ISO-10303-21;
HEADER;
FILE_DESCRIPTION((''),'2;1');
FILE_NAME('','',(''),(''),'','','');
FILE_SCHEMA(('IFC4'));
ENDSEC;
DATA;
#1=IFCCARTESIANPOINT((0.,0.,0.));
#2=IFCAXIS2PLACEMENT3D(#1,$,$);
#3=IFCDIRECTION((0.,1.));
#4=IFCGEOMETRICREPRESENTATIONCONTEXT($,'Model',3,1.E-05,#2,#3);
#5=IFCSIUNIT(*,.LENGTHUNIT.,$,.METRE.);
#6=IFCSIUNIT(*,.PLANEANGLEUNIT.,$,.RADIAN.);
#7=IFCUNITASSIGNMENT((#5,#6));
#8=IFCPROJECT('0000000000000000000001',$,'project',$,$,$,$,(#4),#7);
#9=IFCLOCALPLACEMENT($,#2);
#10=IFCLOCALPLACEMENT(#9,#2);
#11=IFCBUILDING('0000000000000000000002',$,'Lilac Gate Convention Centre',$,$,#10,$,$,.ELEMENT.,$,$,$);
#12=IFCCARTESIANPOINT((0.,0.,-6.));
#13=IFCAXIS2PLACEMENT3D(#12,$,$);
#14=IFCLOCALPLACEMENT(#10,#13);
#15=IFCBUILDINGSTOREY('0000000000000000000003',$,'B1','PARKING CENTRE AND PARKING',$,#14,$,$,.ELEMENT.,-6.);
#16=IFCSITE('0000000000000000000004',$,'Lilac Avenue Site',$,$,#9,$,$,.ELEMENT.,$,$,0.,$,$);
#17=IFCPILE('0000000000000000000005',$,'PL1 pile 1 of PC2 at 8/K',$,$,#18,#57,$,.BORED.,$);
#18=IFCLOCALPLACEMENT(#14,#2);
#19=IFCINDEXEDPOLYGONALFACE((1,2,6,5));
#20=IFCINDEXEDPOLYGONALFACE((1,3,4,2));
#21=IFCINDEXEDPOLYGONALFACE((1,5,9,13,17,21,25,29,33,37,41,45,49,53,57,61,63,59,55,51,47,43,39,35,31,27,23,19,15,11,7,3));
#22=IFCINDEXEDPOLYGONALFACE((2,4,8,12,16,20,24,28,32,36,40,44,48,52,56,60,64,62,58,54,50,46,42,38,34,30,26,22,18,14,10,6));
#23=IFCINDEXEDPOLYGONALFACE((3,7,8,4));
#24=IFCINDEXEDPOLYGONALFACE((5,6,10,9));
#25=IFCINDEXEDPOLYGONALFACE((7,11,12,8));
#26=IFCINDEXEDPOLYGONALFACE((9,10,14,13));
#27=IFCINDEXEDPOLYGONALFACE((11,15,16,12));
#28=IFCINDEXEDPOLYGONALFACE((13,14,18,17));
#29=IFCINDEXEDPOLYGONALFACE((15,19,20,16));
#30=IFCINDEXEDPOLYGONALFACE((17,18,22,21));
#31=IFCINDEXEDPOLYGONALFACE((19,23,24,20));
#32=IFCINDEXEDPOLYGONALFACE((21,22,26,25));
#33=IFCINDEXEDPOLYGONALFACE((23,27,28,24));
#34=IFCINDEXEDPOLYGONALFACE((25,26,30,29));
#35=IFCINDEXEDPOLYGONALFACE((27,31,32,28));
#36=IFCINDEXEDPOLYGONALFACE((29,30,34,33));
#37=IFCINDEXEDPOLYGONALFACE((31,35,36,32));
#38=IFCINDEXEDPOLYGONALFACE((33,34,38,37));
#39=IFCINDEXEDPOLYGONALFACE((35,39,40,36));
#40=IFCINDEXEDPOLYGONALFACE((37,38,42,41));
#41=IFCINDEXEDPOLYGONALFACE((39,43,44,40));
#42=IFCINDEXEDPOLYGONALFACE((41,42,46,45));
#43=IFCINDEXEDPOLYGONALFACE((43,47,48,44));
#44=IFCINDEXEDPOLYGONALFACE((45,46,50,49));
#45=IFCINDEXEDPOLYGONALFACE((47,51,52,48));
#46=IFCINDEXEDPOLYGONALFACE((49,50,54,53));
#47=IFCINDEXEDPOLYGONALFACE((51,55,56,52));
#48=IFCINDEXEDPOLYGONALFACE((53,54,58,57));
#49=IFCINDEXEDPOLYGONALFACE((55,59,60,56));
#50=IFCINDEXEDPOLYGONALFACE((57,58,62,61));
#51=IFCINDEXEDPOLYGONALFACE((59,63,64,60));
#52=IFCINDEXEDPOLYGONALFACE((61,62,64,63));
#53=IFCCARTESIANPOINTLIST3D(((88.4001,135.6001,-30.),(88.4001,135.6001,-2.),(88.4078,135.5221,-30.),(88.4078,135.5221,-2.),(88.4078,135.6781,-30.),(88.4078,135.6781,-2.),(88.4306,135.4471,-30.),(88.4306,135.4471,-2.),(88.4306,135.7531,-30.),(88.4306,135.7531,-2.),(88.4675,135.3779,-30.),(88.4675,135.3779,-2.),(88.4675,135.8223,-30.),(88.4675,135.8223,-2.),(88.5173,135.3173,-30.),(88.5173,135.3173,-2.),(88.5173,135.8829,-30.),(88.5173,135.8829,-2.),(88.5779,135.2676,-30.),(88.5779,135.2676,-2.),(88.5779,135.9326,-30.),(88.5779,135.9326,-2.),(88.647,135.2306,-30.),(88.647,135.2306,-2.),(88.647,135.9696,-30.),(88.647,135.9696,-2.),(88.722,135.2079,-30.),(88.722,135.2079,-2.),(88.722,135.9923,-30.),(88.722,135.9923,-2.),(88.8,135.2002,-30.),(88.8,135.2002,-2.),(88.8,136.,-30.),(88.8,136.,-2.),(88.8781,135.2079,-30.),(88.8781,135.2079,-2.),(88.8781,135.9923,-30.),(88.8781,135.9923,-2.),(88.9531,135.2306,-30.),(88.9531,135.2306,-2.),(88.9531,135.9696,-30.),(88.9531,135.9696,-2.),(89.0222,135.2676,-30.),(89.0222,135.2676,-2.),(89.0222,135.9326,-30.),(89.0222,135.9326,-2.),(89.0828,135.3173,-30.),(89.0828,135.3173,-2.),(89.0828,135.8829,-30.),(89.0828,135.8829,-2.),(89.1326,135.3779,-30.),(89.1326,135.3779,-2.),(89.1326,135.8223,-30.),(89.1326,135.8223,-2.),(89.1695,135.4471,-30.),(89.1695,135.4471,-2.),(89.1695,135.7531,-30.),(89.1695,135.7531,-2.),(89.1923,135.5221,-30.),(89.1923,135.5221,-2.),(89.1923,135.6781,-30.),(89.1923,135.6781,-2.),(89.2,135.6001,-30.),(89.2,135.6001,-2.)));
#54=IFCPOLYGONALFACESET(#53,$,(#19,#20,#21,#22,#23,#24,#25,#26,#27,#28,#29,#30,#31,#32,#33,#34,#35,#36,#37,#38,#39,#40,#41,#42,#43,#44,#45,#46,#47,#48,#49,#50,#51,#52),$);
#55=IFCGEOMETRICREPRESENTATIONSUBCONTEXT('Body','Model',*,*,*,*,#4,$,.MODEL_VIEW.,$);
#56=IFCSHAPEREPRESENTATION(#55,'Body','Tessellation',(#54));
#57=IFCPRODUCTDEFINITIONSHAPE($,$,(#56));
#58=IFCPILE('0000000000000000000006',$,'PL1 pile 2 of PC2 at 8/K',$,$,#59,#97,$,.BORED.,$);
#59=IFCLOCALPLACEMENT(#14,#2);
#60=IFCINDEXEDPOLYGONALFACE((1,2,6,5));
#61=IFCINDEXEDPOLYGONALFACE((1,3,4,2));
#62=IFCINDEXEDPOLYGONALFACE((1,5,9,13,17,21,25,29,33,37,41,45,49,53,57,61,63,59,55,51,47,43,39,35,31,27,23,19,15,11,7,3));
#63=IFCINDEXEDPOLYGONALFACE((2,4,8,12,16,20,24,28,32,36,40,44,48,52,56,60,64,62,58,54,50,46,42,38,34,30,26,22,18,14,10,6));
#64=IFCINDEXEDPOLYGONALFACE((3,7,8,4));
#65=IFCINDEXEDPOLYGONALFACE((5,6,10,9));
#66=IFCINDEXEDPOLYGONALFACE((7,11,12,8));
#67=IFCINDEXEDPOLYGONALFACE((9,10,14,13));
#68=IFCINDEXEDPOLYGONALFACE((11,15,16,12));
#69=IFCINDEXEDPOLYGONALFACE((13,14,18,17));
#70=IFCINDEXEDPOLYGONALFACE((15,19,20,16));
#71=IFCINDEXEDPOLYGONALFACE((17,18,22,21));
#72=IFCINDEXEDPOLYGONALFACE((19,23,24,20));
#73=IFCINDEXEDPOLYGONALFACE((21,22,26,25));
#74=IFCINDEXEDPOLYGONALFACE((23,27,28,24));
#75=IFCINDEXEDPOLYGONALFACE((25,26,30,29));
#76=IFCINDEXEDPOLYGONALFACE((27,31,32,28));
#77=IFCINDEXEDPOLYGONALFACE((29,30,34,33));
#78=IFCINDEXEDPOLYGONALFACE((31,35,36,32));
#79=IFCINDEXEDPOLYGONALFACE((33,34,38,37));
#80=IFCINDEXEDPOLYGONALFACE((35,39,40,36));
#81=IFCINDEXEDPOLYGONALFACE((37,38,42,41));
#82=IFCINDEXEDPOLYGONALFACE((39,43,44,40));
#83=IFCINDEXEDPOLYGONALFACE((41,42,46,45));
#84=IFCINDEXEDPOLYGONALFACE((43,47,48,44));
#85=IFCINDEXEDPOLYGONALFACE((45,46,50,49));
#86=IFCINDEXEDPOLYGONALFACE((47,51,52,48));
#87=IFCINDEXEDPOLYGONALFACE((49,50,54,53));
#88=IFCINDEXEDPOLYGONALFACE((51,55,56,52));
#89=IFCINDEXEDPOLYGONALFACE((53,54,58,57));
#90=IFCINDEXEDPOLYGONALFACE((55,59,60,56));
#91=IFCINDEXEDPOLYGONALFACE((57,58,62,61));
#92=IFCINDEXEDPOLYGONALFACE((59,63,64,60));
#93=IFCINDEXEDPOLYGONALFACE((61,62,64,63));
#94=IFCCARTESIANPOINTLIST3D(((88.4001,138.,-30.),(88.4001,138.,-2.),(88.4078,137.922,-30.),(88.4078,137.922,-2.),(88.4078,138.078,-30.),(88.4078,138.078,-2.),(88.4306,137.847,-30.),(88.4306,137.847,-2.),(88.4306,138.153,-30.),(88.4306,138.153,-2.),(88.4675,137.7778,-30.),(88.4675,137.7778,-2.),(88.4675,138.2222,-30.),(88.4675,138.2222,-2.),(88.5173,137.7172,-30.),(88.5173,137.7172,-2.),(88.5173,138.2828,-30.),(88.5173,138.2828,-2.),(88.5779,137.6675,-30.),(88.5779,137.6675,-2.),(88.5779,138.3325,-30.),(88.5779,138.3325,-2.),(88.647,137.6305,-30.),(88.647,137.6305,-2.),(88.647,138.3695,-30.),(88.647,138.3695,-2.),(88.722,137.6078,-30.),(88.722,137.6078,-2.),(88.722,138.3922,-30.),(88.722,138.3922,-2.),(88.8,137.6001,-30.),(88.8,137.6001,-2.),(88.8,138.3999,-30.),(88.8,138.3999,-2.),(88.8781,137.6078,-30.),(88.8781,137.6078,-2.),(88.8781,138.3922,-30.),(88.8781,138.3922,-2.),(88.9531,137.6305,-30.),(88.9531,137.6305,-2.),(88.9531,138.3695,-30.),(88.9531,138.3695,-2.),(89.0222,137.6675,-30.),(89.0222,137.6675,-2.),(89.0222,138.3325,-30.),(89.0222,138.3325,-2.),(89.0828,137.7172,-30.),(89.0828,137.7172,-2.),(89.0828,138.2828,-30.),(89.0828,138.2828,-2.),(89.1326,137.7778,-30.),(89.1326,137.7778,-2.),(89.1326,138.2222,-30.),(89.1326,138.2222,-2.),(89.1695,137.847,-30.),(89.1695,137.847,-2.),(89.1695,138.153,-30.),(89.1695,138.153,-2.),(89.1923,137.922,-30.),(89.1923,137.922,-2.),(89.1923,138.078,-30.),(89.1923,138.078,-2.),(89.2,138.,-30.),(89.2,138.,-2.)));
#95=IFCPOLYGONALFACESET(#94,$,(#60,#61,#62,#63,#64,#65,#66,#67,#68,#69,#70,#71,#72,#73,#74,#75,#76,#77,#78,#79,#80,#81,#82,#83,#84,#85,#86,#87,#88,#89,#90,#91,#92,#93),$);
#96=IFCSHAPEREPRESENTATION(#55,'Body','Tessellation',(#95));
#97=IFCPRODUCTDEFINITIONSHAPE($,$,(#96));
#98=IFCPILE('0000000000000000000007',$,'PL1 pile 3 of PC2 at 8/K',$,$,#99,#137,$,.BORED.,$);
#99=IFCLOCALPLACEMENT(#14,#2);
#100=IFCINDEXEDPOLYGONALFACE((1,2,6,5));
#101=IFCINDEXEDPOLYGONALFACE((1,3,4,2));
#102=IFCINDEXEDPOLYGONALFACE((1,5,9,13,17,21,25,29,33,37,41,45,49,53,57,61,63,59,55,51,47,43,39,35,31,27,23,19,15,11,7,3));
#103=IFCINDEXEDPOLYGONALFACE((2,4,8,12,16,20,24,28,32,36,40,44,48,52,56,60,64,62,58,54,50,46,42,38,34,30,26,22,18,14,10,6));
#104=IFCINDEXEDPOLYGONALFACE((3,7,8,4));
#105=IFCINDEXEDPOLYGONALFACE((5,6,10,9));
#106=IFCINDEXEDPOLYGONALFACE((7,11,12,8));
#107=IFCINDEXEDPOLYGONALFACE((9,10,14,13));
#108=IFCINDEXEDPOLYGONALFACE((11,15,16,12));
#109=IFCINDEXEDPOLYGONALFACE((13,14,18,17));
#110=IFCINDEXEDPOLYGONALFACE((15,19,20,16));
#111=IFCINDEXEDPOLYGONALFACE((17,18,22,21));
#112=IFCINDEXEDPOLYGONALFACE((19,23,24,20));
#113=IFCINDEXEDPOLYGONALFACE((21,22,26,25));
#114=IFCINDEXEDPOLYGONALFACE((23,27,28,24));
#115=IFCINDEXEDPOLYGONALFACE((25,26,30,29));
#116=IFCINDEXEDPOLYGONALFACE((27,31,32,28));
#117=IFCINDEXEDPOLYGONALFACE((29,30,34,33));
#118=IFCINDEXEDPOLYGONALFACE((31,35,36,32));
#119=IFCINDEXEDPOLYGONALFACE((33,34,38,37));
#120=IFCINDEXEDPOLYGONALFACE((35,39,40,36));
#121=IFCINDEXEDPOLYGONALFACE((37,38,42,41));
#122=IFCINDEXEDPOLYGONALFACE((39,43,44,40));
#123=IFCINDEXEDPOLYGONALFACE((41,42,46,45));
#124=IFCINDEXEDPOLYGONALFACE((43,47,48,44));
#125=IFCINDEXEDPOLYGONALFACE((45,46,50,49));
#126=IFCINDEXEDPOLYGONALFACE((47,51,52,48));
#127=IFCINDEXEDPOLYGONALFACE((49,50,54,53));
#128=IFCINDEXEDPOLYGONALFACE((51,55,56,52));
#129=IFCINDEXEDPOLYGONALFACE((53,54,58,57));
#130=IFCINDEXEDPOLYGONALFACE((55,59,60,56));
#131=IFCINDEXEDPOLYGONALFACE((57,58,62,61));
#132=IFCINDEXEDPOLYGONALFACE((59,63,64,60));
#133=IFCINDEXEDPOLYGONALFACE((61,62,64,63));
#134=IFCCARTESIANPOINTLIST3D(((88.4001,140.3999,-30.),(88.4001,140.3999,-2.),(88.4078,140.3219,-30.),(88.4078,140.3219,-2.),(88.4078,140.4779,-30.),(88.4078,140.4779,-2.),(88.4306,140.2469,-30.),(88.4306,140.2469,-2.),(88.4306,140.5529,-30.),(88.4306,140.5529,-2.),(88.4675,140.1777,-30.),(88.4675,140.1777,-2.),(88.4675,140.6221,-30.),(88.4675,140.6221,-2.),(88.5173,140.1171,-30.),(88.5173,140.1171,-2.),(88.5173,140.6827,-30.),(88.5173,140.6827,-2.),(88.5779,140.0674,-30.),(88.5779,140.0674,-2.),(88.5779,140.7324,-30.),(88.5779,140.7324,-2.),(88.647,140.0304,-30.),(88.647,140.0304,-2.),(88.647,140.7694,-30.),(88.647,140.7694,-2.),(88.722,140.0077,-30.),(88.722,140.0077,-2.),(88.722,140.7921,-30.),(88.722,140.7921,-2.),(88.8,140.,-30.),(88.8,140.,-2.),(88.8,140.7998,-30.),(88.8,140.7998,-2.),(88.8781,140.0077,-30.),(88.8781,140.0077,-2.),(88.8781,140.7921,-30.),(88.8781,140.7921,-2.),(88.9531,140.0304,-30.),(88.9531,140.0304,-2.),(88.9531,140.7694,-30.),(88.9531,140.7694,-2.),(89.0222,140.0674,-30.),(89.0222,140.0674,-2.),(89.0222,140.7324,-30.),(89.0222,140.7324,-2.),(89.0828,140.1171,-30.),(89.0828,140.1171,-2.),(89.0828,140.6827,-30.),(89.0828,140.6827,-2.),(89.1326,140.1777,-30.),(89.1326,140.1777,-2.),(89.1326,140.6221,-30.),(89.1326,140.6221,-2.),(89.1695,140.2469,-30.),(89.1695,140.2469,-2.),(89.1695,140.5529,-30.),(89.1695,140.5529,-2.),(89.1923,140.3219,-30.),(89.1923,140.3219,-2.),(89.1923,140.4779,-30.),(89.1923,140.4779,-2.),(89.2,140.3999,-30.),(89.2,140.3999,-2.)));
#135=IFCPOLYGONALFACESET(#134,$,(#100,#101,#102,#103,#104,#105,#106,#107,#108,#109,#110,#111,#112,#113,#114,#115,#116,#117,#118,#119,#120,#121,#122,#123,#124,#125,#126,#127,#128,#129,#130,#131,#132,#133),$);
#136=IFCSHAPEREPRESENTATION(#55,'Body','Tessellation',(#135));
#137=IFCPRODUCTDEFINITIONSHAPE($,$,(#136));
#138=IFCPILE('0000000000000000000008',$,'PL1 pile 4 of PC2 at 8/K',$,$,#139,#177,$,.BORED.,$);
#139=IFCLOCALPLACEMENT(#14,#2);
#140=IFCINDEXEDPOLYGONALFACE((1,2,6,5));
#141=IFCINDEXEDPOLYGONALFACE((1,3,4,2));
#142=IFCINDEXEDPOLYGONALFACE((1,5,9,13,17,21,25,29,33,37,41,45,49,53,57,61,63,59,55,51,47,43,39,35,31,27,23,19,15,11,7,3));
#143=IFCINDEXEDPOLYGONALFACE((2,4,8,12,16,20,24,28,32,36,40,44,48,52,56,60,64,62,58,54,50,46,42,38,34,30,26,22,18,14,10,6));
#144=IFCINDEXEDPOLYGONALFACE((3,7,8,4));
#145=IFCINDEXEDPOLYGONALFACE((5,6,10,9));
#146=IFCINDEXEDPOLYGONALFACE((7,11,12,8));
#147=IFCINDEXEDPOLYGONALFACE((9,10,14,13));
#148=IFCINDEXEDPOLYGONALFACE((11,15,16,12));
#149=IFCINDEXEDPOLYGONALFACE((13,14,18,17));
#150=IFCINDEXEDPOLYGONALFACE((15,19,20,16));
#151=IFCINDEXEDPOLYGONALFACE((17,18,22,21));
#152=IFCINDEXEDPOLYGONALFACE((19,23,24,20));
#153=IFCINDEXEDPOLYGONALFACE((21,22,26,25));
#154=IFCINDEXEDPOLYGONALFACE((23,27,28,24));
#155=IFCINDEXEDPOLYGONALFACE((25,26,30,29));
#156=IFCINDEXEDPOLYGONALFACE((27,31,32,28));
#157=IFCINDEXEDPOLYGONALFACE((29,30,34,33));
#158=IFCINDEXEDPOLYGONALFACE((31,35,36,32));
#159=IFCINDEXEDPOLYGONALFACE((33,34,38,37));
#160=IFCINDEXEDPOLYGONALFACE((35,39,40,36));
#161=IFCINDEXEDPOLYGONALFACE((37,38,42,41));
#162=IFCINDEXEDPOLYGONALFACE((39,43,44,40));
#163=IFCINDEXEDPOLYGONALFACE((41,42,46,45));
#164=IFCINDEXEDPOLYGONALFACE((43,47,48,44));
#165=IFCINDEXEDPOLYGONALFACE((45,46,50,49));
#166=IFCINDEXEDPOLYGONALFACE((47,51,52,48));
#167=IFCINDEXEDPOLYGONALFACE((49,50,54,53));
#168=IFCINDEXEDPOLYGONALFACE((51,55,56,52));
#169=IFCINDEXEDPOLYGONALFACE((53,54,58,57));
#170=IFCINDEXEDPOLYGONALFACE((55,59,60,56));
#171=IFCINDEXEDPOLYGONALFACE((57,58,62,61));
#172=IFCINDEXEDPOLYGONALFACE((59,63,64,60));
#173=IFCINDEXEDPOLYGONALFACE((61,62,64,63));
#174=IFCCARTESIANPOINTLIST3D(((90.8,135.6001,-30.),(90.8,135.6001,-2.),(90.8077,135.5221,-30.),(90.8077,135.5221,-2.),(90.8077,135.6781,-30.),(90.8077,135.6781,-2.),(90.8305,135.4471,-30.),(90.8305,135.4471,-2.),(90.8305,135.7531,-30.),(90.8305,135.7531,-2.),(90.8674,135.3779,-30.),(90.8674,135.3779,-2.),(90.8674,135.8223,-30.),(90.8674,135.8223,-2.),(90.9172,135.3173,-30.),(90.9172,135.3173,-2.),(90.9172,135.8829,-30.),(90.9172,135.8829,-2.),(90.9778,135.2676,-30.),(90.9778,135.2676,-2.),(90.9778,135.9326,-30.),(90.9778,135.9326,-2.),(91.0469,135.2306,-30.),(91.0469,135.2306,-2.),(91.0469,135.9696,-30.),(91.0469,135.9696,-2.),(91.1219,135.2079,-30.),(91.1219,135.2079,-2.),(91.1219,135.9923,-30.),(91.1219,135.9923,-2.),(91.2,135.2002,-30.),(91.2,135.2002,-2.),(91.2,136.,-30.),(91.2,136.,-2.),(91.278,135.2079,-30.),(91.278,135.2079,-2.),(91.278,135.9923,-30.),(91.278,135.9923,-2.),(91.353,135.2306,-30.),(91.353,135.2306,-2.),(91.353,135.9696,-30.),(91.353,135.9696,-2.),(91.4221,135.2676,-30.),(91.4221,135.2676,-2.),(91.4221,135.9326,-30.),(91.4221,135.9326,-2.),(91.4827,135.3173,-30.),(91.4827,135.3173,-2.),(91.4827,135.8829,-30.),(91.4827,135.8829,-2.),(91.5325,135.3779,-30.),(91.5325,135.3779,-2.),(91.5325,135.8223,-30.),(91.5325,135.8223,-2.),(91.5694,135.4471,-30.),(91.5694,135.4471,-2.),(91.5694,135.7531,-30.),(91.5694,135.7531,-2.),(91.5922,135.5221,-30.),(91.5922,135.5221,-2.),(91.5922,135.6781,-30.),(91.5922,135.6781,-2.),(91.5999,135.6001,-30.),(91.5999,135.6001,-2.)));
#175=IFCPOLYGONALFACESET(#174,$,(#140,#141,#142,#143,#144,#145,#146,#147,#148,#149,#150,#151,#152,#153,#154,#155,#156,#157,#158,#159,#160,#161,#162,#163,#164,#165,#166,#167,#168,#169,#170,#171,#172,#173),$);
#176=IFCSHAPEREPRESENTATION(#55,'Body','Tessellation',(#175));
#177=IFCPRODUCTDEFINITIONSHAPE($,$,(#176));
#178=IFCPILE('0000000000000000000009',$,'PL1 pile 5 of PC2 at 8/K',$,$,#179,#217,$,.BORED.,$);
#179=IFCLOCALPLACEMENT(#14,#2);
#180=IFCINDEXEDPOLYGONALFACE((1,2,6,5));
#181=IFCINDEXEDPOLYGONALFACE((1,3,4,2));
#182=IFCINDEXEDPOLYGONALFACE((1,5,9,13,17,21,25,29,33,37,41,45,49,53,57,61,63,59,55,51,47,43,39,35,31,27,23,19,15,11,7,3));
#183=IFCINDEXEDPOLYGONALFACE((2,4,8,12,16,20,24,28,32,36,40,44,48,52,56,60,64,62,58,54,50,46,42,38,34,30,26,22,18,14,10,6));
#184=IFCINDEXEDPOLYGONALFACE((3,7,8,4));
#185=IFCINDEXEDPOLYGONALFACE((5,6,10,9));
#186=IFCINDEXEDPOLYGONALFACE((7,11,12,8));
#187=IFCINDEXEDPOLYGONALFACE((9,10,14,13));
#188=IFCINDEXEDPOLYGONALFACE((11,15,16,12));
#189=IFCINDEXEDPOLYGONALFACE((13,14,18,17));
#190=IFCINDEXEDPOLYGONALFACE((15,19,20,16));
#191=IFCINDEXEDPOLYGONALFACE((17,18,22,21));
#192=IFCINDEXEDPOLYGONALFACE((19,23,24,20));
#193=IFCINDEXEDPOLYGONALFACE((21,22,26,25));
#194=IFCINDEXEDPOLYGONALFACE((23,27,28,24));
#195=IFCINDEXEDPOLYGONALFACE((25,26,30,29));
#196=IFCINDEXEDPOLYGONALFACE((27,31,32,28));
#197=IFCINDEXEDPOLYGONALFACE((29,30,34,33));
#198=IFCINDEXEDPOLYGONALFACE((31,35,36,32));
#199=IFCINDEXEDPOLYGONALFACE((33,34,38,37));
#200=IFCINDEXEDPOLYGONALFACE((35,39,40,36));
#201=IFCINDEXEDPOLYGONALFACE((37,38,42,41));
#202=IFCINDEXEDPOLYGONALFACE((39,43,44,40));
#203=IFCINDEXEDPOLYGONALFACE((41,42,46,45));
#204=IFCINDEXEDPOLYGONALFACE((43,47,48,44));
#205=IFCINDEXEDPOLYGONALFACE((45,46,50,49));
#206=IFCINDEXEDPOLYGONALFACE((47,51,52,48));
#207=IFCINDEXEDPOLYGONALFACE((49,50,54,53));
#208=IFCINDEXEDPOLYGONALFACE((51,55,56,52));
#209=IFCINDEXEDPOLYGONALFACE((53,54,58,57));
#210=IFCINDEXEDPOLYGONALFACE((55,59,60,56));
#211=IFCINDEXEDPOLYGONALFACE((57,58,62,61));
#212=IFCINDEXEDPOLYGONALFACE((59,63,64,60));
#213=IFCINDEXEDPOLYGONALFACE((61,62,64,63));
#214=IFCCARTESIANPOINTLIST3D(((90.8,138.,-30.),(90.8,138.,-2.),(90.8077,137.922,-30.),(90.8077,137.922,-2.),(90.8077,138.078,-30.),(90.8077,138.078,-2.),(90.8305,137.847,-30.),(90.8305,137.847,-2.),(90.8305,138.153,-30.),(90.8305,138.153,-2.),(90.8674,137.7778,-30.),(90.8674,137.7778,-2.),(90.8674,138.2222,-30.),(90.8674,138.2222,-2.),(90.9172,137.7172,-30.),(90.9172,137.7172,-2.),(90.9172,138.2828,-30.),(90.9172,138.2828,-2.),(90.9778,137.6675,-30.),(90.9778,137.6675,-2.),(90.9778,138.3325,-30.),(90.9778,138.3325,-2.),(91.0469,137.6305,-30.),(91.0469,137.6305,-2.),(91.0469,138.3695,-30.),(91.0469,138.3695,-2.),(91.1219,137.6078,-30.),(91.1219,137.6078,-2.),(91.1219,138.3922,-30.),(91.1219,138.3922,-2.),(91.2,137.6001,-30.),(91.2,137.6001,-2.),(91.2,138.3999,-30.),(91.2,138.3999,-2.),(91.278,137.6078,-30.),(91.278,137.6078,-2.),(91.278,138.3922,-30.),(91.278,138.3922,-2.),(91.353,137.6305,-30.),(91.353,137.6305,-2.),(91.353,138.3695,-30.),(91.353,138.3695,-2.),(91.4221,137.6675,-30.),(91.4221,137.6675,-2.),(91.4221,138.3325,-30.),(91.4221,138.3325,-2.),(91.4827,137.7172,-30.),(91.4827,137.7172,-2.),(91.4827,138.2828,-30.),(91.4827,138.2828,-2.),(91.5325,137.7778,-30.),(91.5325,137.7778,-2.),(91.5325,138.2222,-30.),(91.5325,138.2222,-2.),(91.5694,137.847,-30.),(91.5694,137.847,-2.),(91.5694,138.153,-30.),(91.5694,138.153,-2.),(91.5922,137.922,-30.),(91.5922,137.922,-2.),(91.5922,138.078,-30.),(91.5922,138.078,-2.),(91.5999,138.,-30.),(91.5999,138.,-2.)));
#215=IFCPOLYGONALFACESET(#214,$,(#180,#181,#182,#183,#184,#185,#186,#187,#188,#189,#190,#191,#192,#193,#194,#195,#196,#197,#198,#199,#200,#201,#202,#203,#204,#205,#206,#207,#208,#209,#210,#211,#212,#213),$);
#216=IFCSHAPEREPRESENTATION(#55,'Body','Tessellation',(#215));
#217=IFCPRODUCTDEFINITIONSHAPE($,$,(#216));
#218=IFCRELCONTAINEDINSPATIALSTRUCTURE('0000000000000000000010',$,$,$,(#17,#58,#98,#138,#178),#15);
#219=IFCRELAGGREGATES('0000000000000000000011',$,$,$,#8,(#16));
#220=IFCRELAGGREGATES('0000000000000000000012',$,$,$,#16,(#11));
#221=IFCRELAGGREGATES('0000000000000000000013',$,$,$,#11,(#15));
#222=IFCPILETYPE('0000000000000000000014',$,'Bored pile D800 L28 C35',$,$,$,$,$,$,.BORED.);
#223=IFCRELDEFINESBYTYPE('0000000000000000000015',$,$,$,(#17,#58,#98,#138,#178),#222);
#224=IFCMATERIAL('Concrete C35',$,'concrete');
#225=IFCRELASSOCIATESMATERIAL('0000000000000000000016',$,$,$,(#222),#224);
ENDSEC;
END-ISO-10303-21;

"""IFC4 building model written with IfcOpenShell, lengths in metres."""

from ifc_helpers import new_model, si_unit, direction, frame, origin, origin_2d, place, context, subcontext, project, spatial, circle, extrude, material, material_profile, profile_set, type_object, element, save


model = new_model("IFC4")

# Units and contexts
model_context = context("Model", 3, precision=1e-05, world=origin(), true_north=direction((0.0, 1.0)))
body_context = subcontext(model_context, "Body", "Model", "MODEL_VIEW")
ifc_project = project(units=[si_unit("LENGTHUNIT", "METRE"), si_unit("PLANEANGLEUNIT", "RADIAN")], contexts=[model_context])

# Site, building, storey
site_placement = place(None, origin())
site = spatial("IfcSite", under=ifc_project, at=site_placement, Name="Lilac Avenue Site", CompositionType="ELEMENT", RefElevation=0.0)
building_placement = place(site_placement, origin())
building = spatial("IfcBuilding", under=site, at=building_placement, Name="Lilac Gate Convention Centre", CompositionType="ELEMENT")
storey_placement = place(building_placement, frame((0.0, 0.0, -6.0)))
storey = spatial("IfcBuildingStorey", under=building, at=storey_placement, Name="B1", Description="PARKING CENTRE AND PARKING", CompositionType="ELEMENT", Elevation=-6.0)

# Piles
ifc_material_1 = material(Name="Concrete C35", Category="concrete")
ifc_material_profile_1 = material_profile(ifc_material_1, circle(Radius=0.3999, at=origin_2d()), Name="D800")
ifc_profile_set_1 = profile_set([ifc_material_profile_1], Name="Concrete C35")
pile_type = type_object("IfcPileType", Name="Bored pile D800 L28 C35", PredefinedType="BORED", material=ifc_profile_set_1)
for number, where, z_axis, x_axis, name in (
    (1, (88.8, 135.6001, -2.0), (0.0, 0.0, -1.0), (1.0, 0.0, 0.0), "PL1 pile 1 of PC2 at 8/K"),
    (2, (88.8, 138.0, -2.0), (0.0, 0.0, -1.0), (1.0, 0.0, 0.0), "PL1 pile 2 of PC2 at 8/K"),
    (3, (88.8, 140.3999, -2.0), (0.0, 0.0, -1.0), (1.0, 0.0, 0.0), "PL1 pile 3 of PC2 at 8/K"),
    (4, (91.2, 135.6001, -2.0), (0.0, 0.0, -1.0), (1.0, 0.0, 0.0), "PL1 pile 4 of PC2 at 8/K"),
    (5, (91.2, 138.0, -2.0), (0.0, 0.0, -1.0), (1.0, 0.0, 0.0), "PL1 pile 5 of PC2 at 8/K"),
):
    element("IfcPile", number, at=place(storey_placement, frame(where, z_axis=z_axis, x_axis=x_axis)), inside=storey, type_object=pile_type, Name=name, PredefinedType="BORED", context=body_context, shape_type="SweptSolid", body=[
        extrude(circle(Radius=0.3999, at=origin_2d()), origin(), (0.0, 0.0, 1.0), 28.0),
    ])

save(model, "model.ifc")
